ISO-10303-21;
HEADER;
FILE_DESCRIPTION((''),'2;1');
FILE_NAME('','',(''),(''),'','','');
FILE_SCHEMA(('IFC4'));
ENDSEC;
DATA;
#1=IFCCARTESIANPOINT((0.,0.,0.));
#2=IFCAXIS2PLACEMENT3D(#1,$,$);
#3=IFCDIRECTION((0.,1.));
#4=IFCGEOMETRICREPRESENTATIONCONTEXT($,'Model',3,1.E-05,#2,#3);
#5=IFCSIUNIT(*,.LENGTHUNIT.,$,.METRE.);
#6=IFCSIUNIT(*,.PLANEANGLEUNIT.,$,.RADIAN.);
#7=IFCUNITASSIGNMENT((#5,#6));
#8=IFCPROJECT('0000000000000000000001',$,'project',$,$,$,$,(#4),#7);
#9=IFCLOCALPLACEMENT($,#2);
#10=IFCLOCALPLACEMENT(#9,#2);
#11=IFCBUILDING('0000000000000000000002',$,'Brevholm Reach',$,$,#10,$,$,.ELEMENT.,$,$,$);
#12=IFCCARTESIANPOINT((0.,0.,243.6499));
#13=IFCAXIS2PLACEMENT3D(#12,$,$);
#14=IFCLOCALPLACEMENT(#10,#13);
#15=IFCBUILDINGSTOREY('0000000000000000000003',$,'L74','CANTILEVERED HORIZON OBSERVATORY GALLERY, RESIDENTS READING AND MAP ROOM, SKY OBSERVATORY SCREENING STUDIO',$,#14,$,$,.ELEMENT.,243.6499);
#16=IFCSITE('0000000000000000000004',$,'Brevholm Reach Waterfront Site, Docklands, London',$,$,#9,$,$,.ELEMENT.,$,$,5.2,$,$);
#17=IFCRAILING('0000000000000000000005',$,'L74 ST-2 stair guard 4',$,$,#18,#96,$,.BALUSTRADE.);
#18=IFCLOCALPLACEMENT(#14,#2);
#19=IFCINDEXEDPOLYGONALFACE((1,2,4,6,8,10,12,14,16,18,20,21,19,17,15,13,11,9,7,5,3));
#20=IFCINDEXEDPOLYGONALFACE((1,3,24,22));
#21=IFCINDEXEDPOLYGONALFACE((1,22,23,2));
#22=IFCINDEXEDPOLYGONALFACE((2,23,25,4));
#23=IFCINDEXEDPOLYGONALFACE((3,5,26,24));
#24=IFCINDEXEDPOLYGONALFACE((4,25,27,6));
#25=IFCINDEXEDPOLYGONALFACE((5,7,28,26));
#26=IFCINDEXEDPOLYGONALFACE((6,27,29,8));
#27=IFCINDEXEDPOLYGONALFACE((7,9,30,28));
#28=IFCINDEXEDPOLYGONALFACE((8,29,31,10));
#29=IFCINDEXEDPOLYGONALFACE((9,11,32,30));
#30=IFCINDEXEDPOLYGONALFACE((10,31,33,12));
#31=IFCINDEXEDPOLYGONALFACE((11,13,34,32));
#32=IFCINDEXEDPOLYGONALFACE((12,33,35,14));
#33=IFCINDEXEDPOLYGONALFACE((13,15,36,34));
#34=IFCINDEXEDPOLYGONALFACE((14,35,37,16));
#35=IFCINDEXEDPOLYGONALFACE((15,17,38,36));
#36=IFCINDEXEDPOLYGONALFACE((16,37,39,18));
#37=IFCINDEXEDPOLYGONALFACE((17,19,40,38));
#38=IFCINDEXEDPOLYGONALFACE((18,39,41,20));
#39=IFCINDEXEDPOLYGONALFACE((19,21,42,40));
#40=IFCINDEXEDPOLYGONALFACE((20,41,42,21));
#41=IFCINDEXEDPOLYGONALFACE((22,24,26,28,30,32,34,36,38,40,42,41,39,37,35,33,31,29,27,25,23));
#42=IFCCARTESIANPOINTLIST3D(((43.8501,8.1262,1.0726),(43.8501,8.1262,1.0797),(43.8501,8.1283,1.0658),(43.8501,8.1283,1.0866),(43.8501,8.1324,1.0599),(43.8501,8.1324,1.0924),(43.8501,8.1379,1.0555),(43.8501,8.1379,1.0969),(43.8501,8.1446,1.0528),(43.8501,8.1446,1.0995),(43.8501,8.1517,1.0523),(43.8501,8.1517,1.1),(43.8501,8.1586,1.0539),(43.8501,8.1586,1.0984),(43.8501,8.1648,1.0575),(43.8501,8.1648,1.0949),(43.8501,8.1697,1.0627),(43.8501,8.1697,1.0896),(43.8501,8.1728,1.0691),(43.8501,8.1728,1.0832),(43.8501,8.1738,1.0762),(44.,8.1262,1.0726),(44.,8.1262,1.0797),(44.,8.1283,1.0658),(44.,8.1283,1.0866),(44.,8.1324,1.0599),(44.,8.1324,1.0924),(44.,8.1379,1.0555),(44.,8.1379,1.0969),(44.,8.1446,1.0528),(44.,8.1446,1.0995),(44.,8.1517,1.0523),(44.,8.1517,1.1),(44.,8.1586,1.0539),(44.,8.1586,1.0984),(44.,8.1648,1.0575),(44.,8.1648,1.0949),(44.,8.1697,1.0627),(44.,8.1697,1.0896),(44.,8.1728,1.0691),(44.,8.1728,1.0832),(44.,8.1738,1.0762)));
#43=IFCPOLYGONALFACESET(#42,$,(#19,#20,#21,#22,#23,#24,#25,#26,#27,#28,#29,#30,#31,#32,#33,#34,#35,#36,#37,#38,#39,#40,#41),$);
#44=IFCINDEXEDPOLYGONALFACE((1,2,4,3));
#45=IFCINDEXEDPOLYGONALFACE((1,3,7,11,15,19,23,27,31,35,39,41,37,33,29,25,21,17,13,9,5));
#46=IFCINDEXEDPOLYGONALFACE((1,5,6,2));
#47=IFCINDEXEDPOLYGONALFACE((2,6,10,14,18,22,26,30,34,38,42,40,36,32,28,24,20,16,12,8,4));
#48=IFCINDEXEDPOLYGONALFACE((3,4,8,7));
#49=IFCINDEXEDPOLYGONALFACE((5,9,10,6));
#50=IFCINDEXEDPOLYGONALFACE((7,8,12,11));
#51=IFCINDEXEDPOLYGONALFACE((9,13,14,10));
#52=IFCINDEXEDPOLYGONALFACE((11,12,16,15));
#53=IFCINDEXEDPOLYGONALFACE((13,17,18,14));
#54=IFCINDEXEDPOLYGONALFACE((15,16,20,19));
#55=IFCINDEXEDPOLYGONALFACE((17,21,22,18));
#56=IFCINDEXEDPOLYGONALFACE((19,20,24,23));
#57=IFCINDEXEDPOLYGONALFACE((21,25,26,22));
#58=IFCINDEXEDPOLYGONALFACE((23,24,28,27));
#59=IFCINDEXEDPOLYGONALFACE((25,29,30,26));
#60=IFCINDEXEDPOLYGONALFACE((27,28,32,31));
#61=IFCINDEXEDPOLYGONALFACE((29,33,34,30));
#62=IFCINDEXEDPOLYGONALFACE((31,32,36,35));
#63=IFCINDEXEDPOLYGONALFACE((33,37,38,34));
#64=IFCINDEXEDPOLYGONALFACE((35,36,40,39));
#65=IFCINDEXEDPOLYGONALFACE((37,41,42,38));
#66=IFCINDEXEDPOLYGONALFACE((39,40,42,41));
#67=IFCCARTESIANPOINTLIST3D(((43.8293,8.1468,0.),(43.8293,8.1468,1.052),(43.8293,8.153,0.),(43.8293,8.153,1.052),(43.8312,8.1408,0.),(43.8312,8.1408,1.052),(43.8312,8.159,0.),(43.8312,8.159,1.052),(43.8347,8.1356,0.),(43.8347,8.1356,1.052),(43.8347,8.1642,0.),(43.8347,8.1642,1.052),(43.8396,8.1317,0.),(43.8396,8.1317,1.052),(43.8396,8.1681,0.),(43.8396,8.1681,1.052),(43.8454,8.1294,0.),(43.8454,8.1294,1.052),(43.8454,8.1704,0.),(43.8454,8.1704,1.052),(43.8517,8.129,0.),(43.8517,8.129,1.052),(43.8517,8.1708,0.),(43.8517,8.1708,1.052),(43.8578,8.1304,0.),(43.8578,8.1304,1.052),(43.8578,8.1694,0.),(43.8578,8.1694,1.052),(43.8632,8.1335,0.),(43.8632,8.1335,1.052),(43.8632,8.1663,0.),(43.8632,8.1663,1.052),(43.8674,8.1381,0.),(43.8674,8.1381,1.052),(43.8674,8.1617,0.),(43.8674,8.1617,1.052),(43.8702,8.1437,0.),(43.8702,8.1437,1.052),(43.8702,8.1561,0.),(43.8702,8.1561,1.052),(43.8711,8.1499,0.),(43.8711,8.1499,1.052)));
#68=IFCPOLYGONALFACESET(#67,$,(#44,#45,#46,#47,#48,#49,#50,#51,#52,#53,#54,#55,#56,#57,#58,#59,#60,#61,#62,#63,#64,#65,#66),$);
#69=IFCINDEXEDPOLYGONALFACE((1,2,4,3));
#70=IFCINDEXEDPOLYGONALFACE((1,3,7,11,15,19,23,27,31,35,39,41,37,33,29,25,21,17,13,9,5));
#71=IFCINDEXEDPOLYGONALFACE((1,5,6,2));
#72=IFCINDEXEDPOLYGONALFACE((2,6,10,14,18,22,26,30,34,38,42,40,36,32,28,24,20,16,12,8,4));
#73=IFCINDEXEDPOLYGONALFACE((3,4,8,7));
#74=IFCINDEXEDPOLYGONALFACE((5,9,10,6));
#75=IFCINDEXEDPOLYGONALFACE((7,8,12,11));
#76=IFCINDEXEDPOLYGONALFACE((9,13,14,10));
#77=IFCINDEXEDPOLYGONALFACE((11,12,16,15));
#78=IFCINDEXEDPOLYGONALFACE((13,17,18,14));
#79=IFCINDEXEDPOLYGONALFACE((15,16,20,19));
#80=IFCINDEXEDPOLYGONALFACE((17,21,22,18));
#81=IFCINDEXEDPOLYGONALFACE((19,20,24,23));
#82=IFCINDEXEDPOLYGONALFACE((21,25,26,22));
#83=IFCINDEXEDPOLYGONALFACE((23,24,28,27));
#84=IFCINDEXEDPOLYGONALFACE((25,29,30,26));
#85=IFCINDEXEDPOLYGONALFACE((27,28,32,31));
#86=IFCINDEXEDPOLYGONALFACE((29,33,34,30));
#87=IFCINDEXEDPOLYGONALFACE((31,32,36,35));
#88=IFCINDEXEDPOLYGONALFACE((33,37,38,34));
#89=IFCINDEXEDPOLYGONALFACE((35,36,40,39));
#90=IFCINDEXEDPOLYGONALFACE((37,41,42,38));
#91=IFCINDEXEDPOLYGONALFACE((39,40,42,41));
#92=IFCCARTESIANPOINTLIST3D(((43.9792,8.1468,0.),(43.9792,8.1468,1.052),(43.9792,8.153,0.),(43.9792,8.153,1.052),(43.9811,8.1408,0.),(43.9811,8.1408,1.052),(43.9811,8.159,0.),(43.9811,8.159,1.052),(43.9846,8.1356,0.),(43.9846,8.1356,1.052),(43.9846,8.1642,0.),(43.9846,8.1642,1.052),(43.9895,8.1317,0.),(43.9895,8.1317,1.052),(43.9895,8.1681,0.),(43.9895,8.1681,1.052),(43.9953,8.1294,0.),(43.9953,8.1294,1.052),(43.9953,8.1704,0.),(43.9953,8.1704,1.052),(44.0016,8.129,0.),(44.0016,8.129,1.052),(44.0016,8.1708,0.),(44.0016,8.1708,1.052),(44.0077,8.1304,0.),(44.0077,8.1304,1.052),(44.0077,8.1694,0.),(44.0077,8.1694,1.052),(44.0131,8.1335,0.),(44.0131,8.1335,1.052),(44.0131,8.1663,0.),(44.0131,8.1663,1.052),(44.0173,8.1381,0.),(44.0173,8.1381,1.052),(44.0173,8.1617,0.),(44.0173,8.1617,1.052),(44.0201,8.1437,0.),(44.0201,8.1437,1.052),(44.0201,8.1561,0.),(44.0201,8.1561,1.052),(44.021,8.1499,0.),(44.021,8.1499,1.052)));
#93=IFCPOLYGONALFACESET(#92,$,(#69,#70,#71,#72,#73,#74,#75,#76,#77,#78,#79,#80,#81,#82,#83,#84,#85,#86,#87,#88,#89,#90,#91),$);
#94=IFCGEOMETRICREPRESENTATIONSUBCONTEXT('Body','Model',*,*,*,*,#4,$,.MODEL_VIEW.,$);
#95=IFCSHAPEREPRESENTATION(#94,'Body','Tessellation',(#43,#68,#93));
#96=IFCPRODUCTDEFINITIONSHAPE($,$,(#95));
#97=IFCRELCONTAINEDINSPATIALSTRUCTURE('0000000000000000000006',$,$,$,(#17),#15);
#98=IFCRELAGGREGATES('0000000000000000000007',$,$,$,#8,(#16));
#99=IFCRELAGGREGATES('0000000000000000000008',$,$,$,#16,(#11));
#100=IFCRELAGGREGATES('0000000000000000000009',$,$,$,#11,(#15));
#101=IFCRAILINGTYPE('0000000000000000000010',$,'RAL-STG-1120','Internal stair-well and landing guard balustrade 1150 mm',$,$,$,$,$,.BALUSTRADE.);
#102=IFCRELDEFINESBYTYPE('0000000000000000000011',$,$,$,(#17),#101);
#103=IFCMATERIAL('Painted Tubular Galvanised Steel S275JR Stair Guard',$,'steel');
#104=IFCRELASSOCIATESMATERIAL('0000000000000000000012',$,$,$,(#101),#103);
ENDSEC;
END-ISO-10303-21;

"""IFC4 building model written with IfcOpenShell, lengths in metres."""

from ifc_helpers import new_model, si_unit, direction, frame, origin, origin_2d, place, context, subcontext, project, spatial, circle, extrude, material, type_object, element, save


model = new_model("IFC4")

# Units and contexts
model_context = context("Model", 3, precision=1e-05, world=origin(), true_north=direction((0.0, 1.0)))
body_context = subcontext(model_context, "Body", "Model", "MODEL_VIEW")
ifc_project = project(units=[si_unit("LENGTHUNIT", "METRE"), si_unit("PLANEANGLEUNIT", "RADIAN")], contexts=[model_context])

# Site, building, storey
site_placement = place(None, origin())
site = spatial("IfcSite", under=ifc_project, at=site_placement, Name="Brevholm Reach Waterfront Site, Docklands, London", CompositionType="ELEMENT", RefElevation=5.2)
building_placement = place(site_placement, origin())
building = spatial("IfcBuilding", under=site, at=building_placement, Name="Brevholm Reach", CompositionType="ELEMENT")
storey_placement = place(building_placement, frame((0.0, 0.0, 243.6499)))
storey = spatial("IfcBuildingStorey", under=building, at=storey_placement, Name="L74", Description="CANTILEVERED HORIZON OBSERVATORY GALLERY, RESIDENTS READING AND MAP ROOM, SKY OBSERVATORY SCREENING STUDIO", CompositionType="ELEMENT", Elevation=243.6499)

# Railing
ifc_material_1 = material(Name="Painted Tubular Galvanised Steel S275JR Stair Guard", Category="steel")
railing_type_1 = type_object("IfcRailingType", Name="RAL-STG-1120", Description="Internal stair-well and landing guard balustrade 1150 mm", PredefinedType="BALUSTRADE", material=ifc_material_1)
railing_1_placement = place(storey_placement, frame((43.8501, 8.1499, 0.0)))
element("IfcRailing", 1, at=railing_1_placement, inside=storey, type_object=railing_type_1, Name="L74 ST-2 stair guard 4", PredefinedType="BALUSTRADE", context=body_context, shape_type="SweptSolid", body=[
    extrude(circle(Radius=0.0239, at=origin_2d()), frame((0.0, 0.0, 1.0762), z_axis=(1.0, 0.0, 0.0), x_axis=(0.0, 1.0, 0.0)), (0.0, 0.0, 1.0), 0.1499),
    extrude(circle(Radius=0.021, at=origin_2d()), origin(), (0.0, 0.0, 1.0), 1.052),
    extrude(circle(Radius=0.021, at=origin_2d()), frame((0.1499, 0.0, 0.0)), (0.0, 0.0, 1.0), 1.052),
])

save(model, "model.ifc")
